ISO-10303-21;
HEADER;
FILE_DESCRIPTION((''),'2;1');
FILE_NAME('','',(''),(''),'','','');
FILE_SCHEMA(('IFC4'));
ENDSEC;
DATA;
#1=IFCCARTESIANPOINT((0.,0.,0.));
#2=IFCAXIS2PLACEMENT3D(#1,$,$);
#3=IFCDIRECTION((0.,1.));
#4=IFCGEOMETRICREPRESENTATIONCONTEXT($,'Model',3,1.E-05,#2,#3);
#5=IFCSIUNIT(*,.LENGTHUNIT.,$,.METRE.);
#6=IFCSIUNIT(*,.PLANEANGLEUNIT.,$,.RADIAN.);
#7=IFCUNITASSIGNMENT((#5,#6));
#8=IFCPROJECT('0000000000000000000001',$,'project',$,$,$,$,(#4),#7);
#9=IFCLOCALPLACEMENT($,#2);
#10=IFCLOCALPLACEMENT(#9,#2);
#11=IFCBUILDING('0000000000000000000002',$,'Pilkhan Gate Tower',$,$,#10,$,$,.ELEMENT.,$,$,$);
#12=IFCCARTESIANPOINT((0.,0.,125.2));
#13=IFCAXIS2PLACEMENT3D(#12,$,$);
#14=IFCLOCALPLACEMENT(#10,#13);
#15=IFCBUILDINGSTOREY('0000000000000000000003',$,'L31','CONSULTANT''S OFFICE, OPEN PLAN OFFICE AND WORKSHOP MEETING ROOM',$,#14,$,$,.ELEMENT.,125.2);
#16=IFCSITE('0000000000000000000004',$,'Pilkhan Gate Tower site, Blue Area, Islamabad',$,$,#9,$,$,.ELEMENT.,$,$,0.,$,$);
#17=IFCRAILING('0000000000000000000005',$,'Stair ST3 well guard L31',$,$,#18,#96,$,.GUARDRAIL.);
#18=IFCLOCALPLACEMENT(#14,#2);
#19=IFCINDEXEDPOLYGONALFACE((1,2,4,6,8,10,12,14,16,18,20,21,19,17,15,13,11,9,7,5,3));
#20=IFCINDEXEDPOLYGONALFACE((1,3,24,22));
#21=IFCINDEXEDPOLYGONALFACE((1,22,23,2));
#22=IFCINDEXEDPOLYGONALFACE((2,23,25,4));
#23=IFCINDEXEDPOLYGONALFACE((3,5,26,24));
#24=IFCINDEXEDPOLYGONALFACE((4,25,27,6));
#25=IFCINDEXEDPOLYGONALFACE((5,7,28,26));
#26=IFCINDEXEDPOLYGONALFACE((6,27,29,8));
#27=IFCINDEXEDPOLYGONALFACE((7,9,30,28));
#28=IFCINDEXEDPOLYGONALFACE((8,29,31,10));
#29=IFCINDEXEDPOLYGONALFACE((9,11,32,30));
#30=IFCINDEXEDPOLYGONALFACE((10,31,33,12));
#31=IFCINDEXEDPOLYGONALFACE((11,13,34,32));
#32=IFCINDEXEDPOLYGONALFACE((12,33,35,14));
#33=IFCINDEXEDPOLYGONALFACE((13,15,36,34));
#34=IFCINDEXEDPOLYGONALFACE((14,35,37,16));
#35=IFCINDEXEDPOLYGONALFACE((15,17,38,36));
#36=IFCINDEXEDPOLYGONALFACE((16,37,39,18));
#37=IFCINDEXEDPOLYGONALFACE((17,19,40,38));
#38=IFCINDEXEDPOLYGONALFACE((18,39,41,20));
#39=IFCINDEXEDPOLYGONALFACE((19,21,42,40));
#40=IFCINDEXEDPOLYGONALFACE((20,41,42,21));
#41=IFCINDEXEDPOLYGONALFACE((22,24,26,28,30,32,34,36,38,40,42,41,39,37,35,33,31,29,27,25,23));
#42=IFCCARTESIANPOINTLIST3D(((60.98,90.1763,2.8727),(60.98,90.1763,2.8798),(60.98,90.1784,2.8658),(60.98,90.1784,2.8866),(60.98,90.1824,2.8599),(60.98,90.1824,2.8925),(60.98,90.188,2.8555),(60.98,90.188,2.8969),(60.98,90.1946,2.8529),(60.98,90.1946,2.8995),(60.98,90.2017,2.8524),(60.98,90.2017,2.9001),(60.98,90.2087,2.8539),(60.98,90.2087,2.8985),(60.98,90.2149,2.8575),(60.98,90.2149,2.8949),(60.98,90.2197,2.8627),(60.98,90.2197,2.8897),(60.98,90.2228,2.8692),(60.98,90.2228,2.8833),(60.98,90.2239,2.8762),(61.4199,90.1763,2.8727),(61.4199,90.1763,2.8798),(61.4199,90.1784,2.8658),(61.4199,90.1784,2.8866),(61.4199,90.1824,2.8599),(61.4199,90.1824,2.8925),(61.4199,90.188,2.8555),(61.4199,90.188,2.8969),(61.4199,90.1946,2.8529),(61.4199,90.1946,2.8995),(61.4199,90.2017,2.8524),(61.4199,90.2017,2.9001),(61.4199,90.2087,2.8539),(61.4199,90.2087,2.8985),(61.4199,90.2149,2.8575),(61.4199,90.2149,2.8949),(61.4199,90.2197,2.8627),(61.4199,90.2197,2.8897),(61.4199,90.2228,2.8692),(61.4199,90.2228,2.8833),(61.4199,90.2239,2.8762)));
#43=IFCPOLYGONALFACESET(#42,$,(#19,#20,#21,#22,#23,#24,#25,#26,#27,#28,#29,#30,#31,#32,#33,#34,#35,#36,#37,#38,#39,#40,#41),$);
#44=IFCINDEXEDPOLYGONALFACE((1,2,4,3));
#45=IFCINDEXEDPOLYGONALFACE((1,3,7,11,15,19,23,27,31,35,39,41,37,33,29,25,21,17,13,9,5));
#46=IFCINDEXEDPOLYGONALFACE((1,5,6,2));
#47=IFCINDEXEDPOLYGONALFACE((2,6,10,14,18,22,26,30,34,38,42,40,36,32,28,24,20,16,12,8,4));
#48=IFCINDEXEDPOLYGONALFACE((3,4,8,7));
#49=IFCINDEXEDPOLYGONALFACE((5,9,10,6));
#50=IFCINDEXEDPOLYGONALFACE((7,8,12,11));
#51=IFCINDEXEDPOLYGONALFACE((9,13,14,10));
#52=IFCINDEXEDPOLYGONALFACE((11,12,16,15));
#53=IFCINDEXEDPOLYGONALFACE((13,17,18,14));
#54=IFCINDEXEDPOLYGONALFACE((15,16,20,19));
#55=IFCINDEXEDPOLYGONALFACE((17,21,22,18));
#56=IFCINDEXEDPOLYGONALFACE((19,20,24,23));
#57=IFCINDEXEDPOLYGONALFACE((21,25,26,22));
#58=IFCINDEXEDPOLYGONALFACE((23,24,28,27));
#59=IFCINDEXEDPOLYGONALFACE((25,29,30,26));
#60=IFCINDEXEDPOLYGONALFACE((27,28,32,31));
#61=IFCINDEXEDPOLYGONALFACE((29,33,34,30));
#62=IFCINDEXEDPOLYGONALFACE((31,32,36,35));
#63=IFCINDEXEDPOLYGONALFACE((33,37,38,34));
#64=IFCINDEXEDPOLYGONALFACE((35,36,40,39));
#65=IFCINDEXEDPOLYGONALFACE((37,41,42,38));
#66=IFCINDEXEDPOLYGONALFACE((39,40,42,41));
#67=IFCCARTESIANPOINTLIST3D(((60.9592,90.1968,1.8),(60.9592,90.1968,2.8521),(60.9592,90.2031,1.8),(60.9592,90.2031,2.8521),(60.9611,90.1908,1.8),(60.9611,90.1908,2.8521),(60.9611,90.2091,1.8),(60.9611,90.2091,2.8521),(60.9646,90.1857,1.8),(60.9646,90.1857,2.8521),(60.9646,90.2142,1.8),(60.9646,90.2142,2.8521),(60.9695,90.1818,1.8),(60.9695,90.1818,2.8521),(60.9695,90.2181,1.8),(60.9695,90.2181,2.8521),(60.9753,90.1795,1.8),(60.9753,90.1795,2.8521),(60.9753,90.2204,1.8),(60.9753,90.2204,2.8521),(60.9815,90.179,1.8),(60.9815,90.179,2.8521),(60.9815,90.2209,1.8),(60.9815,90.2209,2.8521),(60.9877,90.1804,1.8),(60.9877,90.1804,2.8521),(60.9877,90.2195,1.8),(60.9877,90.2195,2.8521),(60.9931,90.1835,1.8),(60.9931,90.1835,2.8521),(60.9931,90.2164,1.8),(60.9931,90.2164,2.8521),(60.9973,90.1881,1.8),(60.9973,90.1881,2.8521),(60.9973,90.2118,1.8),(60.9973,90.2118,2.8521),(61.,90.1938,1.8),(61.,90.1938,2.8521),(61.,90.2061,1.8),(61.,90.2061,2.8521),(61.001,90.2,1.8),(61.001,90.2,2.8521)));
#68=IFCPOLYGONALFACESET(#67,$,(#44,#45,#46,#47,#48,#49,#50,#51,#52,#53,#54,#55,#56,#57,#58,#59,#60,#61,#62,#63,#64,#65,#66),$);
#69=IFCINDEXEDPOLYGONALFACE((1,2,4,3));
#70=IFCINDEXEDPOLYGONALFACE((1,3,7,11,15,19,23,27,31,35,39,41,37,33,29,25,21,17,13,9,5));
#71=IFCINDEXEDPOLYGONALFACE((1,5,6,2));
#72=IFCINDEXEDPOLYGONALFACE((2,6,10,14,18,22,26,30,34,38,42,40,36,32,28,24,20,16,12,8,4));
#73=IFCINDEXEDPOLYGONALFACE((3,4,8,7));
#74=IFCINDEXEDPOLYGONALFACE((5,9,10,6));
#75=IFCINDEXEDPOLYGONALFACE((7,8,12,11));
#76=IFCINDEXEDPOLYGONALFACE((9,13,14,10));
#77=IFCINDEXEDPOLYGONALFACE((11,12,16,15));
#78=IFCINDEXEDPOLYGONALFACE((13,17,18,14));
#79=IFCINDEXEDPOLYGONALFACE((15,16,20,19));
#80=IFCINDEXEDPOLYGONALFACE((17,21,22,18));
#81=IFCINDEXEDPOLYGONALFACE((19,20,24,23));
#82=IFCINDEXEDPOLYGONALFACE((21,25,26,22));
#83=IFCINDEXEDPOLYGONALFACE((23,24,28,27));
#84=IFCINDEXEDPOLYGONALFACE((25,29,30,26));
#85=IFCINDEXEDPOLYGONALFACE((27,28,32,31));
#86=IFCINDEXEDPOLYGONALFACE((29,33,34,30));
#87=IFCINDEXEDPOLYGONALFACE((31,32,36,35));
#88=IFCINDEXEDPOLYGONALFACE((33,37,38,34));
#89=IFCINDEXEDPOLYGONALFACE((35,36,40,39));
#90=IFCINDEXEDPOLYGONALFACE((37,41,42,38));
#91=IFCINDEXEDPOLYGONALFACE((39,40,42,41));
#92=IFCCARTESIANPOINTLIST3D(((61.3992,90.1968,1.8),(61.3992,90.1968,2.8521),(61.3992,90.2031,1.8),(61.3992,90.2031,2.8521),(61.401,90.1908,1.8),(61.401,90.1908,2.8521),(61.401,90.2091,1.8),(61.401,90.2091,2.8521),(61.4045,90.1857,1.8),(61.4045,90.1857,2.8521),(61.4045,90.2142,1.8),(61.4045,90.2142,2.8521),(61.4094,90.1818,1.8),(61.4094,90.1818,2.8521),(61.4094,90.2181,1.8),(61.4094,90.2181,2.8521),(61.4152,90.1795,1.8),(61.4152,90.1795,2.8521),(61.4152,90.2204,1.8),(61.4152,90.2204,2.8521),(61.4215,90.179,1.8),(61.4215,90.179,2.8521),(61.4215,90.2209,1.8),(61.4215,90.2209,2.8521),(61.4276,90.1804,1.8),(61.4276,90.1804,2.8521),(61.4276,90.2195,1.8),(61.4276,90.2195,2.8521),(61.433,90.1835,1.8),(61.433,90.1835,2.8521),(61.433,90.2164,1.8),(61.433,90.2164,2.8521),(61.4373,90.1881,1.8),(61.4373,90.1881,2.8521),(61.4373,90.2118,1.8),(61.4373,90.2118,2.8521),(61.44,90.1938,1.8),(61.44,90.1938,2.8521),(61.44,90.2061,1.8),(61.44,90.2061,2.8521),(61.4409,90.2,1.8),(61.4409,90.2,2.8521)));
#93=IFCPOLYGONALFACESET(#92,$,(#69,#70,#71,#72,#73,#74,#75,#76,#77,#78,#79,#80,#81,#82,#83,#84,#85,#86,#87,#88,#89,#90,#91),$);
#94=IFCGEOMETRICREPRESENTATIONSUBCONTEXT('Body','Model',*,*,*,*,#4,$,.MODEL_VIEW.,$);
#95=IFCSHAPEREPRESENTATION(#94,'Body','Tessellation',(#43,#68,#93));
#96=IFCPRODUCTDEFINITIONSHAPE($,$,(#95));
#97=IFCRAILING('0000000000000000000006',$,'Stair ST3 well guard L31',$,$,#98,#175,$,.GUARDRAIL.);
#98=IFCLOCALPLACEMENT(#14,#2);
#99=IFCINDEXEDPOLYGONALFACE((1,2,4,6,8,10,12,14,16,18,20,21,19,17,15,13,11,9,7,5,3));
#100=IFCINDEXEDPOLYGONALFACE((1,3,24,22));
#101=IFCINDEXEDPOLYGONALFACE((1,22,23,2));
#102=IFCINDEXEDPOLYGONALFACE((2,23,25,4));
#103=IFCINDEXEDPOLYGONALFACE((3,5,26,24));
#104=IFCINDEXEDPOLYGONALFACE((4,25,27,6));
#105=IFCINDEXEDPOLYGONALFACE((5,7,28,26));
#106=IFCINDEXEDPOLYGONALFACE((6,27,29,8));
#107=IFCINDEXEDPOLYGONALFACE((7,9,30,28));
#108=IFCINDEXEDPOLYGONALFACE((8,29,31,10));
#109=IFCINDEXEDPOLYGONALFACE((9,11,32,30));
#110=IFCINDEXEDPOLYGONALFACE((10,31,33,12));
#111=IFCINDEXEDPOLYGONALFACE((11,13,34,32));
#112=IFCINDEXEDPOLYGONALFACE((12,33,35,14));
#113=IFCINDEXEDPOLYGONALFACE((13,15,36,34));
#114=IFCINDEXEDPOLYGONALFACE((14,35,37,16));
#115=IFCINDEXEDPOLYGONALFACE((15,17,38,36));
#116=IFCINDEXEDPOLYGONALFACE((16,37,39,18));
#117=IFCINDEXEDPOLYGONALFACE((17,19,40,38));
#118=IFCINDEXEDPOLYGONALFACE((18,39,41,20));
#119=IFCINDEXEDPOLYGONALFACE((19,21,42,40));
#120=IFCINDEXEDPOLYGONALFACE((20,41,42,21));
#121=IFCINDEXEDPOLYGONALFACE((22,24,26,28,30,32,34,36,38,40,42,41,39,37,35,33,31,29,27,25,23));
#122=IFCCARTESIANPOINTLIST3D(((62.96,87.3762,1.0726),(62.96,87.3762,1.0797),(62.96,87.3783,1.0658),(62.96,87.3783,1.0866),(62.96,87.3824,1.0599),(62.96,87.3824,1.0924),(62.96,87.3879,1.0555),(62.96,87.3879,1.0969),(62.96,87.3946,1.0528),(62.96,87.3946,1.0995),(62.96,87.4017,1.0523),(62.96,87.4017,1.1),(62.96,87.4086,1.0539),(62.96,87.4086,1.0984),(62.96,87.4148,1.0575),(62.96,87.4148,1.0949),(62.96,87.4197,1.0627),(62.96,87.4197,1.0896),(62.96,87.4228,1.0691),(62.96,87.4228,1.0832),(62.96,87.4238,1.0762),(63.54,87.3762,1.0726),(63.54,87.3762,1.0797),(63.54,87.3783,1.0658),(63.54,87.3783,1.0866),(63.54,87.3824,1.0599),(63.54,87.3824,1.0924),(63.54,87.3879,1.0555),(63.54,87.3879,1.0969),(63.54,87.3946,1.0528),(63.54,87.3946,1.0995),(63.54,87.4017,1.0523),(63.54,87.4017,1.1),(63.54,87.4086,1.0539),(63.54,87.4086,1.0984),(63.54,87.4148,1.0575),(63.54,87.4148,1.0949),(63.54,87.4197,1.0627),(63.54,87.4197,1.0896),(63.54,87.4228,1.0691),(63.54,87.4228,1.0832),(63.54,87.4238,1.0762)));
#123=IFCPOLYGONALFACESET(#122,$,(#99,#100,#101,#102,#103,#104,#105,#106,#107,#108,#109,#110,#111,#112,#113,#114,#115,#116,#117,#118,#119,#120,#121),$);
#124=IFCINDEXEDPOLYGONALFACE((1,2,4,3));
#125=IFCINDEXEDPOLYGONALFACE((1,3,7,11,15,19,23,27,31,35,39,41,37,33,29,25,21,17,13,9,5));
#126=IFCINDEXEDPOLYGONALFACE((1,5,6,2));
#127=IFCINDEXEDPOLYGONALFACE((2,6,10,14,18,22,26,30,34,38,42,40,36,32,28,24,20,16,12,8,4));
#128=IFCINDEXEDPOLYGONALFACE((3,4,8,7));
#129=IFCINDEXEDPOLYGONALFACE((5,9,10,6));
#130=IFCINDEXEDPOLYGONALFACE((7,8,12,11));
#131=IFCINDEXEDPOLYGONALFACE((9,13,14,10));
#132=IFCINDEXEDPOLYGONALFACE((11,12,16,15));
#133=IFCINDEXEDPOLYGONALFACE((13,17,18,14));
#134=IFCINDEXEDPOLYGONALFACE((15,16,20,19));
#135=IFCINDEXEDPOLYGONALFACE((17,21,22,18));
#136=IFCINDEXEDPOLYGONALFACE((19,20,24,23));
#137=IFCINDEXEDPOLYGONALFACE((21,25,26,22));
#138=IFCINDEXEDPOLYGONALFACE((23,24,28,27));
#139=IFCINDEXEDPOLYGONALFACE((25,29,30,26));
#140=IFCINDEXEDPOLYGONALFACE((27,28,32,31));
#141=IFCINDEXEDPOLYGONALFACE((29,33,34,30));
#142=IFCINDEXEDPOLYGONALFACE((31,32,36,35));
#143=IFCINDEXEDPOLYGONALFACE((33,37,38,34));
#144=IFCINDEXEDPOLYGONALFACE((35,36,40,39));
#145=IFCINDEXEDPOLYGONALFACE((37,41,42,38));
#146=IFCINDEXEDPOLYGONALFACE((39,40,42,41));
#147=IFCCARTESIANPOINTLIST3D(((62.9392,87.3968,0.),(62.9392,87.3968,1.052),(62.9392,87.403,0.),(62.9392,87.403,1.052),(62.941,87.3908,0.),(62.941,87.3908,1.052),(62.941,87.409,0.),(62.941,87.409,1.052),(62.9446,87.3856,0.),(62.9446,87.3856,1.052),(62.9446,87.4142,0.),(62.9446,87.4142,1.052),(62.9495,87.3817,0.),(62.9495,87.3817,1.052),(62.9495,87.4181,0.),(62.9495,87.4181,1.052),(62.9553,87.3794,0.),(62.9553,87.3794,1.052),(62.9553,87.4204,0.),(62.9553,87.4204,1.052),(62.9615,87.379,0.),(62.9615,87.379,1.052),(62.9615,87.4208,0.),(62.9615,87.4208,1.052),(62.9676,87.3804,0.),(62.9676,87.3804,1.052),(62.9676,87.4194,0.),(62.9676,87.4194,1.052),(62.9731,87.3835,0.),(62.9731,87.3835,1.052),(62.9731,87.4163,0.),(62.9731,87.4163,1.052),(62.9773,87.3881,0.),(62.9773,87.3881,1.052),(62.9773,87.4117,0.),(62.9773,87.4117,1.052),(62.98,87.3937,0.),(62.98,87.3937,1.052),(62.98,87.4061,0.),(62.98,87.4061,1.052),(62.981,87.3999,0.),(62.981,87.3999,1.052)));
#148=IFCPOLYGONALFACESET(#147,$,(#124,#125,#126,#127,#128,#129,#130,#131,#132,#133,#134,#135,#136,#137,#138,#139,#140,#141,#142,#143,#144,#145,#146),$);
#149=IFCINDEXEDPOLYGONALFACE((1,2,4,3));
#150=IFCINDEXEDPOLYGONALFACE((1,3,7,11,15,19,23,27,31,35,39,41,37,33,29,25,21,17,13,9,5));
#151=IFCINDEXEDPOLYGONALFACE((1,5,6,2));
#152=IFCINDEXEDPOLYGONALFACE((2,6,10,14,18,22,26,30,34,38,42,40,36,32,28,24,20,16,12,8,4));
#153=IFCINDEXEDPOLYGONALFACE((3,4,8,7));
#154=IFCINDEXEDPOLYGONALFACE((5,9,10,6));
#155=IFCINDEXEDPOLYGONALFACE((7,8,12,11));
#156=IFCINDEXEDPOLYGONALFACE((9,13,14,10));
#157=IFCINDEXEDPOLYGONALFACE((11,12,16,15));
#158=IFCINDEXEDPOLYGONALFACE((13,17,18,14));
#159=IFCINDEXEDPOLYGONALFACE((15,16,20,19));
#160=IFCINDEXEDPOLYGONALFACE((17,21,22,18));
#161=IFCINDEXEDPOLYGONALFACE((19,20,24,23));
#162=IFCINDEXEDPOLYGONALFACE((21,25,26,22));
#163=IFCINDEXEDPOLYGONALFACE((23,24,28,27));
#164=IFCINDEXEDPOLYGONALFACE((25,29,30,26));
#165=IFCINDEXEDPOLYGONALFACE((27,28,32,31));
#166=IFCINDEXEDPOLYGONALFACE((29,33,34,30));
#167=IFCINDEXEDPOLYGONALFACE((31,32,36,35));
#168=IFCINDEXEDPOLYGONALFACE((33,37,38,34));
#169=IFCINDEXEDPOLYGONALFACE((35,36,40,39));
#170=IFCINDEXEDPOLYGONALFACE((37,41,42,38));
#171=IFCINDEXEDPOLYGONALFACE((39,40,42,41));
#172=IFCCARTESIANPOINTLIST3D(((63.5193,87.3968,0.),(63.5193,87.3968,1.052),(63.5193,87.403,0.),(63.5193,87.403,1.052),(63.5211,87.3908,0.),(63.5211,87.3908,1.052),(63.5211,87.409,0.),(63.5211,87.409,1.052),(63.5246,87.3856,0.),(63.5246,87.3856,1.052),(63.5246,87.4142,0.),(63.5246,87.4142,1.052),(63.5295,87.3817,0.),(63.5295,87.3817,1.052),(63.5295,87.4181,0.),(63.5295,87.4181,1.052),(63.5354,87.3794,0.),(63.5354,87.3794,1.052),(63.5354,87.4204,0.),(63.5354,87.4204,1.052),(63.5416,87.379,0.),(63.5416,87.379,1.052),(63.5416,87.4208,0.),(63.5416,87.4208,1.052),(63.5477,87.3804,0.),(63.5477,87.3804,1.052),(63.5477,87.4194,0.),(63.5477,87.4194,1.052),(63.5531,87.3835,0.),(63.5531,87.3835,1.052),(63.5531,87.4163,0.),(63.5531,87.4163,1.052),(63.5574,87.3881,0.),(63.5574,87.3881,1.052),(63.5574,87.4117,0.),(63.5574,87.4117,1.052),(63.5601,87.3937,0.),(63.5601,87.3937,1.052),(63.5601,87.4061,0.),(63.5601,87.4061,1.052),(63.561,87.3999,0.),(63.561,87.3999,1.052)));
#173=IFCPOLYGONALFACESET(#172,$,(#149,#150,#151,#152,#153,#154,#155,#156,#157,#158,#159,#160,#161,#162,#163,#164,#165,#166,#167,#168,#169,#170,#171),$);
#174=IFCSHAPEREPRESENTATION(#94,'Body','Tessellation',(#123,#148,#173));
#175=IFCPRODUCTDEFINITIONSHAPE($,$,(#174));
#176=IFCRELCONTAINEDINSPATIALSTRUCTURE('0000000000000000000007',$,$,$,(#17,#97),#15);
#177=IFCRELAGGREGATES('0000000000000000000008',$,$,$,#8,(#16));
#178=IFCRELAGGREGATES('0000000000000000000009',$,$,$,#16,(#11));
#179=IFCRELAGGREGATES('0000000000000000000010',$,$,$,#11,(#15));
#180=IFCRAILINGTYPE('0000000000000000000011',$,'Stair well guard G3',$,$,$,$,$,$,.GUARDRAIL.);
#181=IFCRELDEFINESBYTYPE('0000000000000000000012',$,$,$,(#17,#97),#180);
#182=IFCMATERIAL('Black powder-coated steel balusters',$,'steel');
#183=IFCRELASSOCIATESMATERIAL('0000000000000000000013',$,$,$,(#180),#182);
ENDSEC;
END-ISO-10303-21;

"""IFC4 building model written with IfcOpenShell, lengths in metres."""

from ifc_helpers import new_model, si_unit, direction, frame, origin, origin_2d, place, context, subcontext, project, spatial, circle, extrude, material, type_object, element, save


model = new_model("IFC4")

# Units and contexts
model_context = context("Model", 3, precision=1e-05, world=origin(), true_north=direction((0.0, 1.0)))
body_context = subcontext(model_context, "Body", "Model", "MODEL_VIEW")
ifc_project = project(units=[si_unit("LENGTHUNIT", "METRE"), si_unit("PLANEANGLEUNIT", "RADIAN")], contexts=[model_context])

# Site, building, storey
site_placement = place(None, origin())
site = spatial("IfcSite", under=ifc_project, at=site_placement, Name="Pilkhan Gate Tower site, Blue Area, Islamabad", CompositionType="ELEMENT", RefElevation=0.0)
building_placement = place(site_placement, origin())
building = spatial("IfcBuilding", under=site, at=building_placement, Name="Pilkhan Gate Tower", CompositionType="ELEMENT")
storey_placement = place(building_placement, frame((0.0, 0.0, 125.2)))
storey = spatial("IfcBuildingStorey", under=building, at=storey_placement, Name="L31", Description="CONSULTANT'S OFFICE, OPEN PLAN OFFICE AND WORKSHOP MEETING ROOM", CompositionType="ELEMENT", Elevation=125.2)

# Railings
ifc_material_1 = material(Name="Black powder-coated steel balusters", Category="steel")
railing_type_1 = type_object("IfcRailingType", Name="Stair well guard G3", PredefinedType="GUARDRAIL", material=ifc_material_1)
railing_1_placement = place(storey_placement, frame((60.98, 90.2, 1.8)))
element("IfcRailing", 1, at=railing_1_placement, inside=storey, type_object=railing_type_1, Name="Stair ST3 well guard L31", PredefinedType="GUARDRAIL", context=body_context, shape_type="SweptSolid", body=[
    extrude(circle(Radius=0.0239, at=origin_2d()), frame((0.0, 0.0, 1.0762), z_axis=(1.0, 0.0, 0.0), x_axis=(0.0, 1.0, 0.0)), (0.0, 0.0, 1.0), 0.4399),
    extrude(circle(Radius=0.021, at=origin_2d()), origin(), (0.0, 0.0, 1.0), 1.052),
    extrude(circle(Radius=0.021, at=origin_2d()), frame((0.4399, 0.0, 0.0)), (0.0, 0.0, 1.0), 1.052),
])
for number, where, name in (
    (2, (62.96, 87.3999, 0.0), "Stair ST3 well guard L31"),
):
    element("IfcRailing", number, at=place(storey_placement, frame(where)), inside=storey, type_object=railing_type_1, Name=name, PredefinedType="GUARDRAIL", context=body_context, shape_type="SweptSolid", body=[
        extrude(circle(Radius=0.0239, at=origin_2d()), frame((0.0, 0.0, 1.0762), z_axis=(1.0, 0.0, 0.0), x_axis=(0.0, 1.0, 0.0)), (0.0, 0.0, 1.0), 0.5801),
        extrude(circle(Radius=0.021, at=origin_2d()), origin(), (0.0, 0.0, 1.0), 1.052),
        extrude(circle(Radius=0.021, at=origin_2d()), frame((0.5801, 0.0, 0.0)), (0.0, 0.0, 1.0), 1.052),
    ])

save(model, "model.ifc")
